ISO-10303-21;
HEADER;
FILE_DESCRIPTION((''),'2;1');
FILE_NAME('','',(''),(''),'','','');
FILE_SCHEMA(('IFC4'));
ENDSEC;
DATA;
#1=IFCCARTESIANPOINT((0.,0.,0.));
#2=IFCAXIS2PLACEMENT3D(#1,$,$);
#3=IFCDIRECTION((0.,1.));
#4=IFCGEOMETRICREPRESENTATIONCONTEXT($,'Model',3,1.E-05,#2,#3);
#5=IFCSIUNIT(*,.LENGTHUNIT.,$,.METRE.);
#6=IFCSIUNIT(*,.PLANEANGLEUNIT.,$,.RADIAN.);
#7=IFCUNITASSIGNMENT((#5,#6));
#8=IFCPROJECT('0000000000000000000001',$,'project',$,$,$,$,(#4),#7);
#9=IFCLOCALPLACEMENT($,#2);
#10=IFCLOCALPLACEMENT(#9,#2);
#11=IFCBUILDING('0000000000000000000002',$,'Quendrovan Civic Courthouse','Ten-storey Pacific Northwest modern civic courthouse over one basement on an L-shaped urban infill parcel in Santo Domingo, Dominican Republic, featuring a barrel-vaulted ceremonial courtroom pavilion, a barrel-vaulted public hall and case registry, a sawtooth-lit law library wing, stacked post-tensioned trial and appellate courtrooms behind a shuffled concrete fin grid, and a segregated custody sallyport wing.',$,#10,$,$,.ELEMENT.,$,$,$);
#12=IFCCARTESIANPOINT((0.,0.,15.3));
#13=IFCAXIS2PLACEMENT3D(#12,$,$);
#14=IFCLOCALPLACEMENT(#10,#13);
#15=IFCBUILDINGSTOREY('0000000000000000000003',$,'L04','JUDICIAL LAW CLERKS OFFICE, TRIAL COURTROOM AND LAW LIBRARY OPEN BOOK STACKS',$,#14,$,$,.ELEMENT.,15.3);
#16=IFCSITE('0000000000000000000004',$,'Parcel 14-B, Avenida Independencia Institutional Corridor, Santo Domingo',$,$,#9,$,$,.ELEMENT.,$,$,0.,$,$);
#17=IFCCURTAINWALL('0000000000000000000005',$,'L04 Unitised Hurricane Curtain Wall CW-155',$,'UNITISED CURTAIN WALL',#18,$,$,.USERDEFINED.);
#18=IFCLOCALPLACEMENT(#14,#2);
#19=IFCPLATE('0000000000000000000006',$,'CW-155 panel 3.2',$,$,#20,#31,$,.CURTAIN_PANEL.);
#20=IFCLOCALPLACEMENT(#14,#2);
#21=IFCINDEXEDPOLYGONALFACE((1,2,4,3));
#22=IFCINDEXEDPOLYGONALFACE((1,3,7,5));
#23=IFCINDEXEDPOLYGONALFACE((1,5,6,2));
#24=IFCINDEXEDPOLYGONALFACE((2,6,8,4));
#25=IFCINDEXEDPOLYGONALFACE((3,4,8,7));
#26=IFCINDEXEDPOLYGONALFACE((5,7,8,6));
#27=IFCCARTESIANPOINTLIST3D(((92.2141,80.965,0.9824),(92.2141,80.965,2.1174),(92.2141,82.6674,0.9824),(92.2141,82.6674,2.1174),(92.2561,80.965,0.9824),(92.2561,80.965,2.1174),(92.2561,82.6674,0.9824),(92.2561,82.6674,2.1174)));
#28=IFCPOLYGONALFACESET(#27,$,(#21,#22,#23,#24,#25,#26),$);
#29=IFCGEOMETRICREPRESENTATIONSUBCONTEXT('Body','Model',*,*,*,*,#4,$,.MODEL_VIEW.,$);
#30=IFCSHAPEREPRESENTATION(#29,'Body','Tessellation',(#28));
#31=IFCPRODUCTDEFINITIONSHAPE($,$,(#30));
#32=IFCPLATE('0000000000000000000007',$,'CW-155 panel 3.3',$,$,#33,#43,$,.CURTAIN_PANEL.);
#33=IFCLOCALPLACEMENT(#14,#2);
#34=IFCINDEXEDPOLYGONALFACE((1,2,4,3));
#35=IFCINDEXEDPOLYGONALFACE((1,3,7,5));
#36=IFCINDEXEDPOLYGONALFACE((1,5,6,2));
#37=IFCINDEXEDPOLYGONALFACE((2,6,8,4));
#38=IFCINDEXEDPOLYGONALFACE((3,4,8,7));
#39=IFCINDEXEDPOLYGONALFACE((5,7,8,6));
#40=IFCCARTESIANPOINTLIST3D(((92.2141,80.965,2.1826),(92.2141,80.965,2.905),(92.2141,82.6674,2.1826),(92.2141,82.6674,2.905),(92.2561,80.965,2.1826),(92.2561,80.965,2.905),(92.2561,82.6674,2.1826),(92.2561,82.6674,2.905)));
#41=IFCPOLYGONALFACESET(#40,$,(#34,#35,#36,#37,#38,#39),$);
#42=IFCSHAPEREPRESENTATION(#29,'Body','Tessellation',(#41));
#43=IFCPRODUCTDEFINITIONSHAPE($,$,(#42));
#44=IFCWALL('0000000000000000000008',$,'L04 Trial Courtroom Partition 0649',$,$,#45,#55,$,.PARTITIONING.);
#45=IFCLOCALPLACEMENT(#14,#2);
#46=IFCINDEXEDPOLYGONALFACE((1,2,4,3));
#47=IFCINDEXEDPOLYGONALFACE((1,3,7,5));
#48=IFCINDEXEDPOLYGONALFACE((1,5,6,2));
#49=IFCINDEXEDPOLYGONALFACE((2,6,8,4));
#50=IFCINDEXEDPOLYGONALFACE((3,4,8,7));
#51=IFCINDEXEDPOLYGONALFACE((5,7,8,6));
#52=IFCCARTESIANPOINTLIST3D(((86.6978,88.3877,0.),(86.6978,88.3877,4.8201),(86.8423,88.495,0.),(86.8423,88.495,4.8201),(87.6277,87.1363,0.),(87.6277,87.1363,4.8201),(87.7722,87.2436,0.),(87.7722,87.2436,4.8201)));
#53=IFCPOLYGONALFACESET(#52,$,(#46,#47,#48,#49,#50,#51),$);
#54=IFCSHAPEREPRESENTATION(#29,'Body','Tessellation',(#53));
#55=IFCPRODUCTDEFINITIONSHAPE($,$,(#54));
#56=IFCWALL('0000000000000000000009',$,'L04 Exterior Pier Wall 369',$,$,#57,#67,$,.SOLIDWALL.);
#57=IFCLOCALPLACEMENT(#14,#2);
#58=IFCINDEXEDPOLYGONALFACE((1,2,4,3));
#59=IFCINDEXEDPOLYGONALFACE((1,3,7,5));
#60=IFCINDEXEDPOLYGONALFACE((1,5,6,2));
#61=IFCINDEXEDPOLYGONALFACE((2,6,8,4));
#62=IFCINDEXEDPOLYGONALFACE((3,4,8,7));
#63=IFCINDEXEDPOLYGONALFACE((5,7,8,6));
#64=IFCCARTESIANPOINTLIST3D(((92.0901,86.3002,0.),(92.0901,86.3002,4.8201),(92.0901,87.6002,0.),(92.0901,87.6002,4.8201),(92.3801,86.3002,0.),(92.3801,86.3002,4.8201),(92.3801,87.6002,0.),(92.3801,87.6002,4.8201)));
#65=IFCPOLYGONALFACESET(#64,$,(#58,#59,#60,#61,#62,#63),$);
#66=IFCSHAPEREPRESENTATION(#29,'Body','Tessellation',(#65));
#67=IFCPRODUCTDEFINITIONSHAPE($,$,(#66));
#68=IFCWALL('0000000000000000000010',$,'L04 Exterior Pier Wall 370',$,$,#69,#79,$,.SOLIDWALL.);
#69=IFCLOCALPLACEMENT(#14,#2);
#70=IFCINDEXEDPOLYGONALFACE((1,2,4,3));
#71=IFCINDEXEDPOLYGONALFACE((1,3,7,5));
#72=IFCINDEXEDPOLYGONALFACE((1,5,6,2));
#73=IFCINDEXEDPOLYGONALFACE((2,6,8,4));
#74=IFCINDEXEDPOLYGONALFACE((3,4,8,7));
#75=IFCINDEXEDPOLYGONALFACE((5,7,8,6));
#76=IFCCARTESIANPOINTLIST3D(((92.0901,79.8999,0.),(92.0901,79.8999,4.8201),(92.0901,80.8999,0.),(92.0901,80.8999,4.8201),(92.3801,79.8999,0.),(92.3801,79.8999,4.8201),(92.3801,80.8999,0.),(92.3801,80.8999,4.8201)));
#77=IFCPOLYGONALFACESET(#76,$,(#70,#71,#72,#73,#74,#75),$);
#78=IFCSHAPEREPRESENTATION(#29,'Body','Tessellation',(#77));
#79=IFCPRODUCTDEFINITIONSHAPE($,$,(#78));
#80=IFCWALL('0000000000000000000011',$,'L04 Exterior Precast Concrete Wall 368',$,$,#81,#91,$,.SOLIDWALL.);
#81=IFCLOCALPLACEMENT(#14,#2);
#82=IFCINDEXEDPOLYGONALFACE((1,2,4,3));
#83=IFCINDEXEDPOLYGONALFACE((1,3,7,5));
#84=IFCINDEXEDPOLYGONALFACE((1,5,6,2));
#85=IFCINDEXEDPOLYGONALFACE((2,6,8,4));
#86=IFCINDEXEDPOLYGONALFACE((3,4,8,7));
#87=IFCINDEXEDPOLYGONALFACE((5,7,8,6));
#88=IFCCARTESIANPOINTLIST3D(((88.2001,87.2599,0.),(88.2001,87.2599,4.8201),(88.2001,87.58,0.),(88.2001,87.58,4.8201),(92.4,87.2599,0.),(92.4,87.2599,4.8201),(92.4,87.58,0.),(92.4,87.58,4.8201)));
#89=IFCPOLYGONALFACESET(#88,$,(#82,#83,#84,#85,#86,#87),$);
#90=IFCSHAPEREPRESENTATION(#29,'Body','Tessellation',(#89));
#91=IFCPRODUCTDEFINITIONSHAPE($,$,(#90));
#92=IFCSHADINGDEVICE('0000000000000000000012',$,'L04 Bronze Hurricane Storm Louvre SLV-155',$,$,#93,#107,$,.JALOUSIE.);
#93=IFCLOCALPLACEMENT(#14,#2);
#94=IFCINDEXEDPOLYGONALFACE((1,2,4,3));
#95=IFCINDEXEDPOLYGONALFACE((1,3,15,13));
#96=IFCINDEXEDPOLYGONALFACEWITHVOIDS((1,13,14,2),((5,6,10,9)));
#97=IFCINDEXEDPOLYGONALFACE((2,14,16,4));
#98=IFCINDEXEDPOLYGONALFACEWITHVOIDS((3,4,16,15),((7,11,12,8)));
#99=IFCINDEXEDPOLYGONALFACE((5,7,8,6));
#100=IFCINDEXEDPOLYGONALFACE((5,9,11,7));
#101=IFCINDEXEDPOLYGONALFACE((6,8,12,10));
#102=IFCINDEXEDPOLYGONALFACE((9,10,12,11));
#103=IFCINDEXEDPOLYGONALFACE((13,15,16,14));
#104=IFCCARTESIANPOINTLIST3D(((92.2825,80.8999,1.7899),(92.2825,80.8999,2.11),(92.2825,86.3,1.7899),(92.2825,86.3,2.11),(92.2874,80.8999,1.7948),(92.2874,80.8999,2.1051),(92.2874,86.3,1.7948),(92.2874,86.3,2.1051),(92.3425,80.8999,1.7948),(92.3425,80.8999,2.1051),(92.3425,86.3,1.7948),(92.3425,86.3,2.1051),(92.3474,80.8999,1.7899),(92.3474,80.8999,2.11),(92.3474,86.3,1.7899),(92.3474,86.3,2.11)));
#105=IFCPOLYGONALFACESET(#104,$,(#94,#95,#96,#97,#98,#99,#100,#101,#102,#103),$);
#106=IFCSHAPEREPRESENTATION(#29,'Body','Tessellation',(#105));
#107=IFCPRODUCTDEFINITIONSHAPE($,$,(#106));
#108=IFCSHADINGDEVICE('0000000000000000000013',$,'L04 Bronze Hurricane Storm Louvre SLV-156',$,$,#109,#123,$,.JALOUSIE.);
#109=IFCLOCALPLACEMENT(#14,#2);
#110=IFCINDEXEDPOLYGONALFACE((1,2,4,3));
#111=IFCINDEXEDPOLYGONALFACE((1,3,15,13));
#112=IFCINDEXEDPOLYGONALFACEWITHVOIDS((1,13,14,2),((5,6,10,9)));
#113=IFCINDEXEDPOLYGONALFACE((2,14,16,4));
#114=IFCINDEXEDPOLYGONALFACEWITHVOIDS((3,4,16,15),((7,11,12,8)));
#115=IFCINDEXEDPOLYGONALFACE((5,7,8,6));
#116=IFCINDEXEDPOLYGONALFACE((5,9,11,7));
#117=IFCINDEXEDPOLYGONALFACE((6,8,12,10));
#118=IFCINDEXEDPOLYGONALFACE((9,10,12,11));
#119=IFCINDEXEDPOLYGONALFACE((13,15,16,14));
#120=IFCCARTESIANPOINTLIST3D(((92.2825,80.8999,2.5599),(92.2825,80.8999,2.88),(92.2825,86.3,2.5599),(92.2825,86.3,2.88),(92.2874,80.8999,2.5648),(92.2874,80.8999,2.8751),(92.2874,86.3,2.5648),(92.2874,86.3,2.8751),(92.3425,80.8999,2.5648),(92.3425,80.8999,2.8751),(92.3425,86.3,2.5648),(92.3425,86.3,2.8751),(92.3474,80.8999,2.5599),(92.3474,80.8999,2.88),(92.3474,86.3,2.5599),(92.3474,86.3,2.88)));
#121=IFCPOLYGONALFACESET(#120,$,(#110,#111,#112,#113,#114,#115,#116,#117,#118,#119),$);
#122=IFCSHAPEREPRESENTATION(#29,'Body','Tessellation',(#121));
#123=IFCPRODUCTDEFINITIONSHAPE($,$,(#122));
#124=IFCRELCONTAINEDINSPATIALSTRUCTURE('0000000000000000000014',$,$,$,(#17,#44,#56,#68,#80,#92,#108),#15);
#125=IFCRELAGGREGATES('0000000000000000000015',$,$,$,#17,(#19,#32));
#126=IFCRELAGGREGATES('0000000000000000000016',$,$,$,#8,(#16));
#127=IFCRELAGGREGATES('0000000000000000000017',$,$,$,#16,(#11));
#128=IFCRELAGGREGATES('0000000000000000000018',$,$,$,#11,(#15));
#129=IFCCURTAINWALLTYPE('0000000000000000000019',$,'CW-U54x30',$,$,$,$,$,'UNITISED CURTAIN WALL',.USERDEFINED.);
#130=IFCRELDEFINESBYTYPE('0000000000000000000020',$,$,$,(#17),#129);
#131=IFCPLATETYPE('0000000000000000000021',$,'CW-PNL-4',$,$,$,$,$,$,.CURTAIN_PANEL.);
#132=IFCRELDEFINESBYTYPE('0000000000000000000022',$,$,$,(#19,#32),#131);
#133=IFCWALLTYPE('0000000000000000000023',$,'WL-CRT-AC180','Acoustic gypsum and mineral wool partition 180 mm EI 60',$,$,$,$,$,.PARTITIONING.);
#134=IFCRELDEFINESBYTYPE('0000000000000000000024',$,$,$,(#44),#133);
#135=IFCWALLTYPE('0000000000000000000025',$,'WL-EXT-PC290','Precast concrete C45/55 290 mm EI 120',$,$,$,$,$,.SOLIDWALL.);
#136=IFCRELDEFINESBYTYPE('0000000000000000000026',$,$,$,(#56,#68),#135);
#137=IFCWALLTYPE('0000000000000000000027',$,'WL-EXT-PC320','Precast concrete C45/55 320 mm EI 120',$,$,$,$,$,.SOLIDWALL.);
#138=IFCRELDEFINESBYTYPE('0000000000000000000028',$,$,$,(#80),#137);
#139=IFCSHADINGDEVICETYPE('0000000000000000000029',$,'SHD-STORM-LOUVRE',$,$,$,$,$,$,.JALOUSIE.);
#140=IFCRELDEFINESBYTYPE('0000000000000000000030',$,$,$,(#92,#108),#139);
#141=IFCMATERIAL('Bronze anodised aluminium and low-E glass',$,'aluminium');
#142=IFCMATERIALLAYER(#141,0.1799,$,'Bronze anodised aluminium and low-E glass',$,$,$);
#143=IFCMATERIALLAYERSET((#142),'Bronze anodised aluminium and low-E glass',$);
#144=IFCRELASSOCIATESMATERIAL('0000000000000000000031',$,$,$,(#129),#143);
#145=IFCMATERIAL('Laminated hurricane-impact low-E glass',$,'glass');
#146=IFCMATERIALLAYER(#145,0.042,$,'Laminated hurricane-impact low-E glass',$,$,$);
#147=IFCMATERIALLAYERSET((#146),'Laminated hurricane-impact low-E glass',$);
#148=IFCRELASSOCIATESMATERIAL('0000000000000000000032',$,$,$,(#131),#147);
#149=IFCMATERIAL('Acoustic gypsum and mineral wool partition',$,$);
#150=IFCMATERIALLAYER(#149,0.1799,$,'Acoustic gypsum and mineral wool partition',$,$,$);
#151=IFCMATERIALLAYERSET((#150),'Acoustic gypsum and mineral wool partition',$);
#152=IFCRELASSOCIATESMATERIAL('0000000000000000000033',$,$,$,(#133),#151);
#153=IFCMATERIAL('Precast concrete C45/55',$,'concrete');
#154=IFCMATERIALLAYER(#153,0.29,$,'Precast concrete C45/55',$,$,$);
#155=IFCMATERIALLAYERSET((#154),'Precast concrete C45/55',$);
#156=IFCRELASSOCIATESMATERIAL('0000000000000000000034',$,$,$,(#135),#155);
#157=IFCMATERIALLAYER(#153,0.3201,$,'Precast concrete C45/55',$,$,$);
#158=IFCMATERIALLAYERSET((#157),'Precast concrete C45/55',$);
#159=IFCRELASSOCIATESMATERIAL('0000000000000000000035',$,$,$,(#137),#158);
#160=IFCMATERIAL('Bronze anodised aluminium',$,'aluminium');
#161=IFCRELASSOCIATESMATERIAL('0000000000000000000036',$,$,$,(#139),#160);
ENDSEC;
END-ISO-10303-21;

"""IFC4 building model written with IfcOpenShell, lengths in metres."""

from ifc_helpers import new_model, si_unit, direction, frame, frame_2d, origin, origin_2d, place, context, subcontext, project, spatial, rectangle, hollow_rectangle, extrude, material, layer, layer_set, material_profile, profile_set, type_object, element, aggregate, save


model = new_model("IFC4")

# Units and contexts
model_context = context("Model", 3, precision=1e-05, world=origin(), true_north=direction((0.0, 1.0)))
body_context = subcontext(model_context, "Body", "Model", "MODEL_VIEW")
ifc_project = project(units=[si_unit("LENGTHUNIT", "METRE"), si_unit("PLANEANGLEUNIT", "RADIAN")], contexts=[model_context])

# Site, building, storey
site_placement = place(None, origin())
site = spatial("IfcSite", under=ifc_project, at=site_placement, Name="Parcel 14-B, Avenida Independencia Institutional Corridor, Santo Domingo", CompositionType="ELEMENT", RefElevation=0.0)
building_placement = place(site_placement, origin())
building = spatial("IfcBuilding", under=site, at=building_placement, Name="Quendrovan Civic Courthouse", Description="Ten-storey Pacific Northwest modern civic courthouse over one basement on an L-shaped urban infill parcel in Santo Domingo, Dominican Republic, featuring a barrel-vaulted ceremonial courtroom pavilion, a barrel-vaulted public hall and case registry, a sawtooth-lit law library wing, stacked post-tensioned trial and appellate courtrooms behind a shuffled concrete fin grid, and a segregated custody sallyport wing.", CompositionType="ELEMENT")
storey_placement = place(building_placement, frame((0.0, 0.0, 15.3)))
storey = spatial("IfcBuildingStorey", under=building, at=storey_placement, Name="L04", Description="JUDICIAL LAW CLERKS OFFICE, TRIAL COURTROOM AND LAW LIBRARY OPEN BOOK STACKS", CompositionType="ELEMENT", Elevation=15.3)

# Curtain wall, plates
ifc_material_1 = material(Name="Bronze anodised aluminium and low-E glass", Category="aluminium")
ifc_layer_1 = layer(ifc_material_1, 0.1799, Name="Bronze anodised aluminium and low-E glass")
ifc_layer_set_1 = layer_set([ifc_layer_1], Name="Bronze anodised aluminium and low-E glass")
curtain_wall_type = type_object("IfcCurtainWallType", Name="CW-U54x30", ElementType="UNITISED CURTAIN WALL", PredefinedType="USERDEFINED", material=ifc_layer_set_1)
curtain_wall_placement = place(storey_placement, origin())
curtain_wall = element("IfcCurtainWall", 1, at=curtain_wall_placement, inside=storey, type_object=curtain_wall_type, Name="L04 Unitised Hurricane Curtain Wall CW-155", ObjectType="UNITISED CURTAIN WALL", PredefinedType="USERDEFINED")
ifc_material_2 = material(Name="Bronze anodised aluminium", Category="aluminium")
ifc_material_3 = material(Name="Laminated hurricane-impact low-E glass", Category="glass")
ifc_layer_2 = layer(ifc_material_3, 0.042, Name="Laminated hurricane-impact low-E glass")
ifc_layer_set_2 = layer_set([ifc_layer_2], Name="Laminated hurricane-impact low-E glass")
plate_type = type_object("IfcPlateType", Name="CW-PNL-4", PredefinedType="CURTAIN_PANEL", material=ifc_layer_set_2)
plate_1_placement = place(storey_placement, frame((92.2351, 81.8162, 0.9824), z_axis=(0.0, 0.0, 1.0), x_axis=(0.0, -1.0, 0.0)))
plate_1 = element("IfcPlate", 2, at=plate_1_placement, type_object=plate_type, Name="CW-155 panel 3.2", PredefinedType="CURTAIN_PANEL", context=body_context, shape_type="SweptSolid", body=[
    extrude(rectangle(XDim=1.7024, YDim=0.042, at=origin_2d()), origin(), (0.0, 0.0, 1.0), 1.135),
])
plate_2_placement = place(storey_placement, frame((92.2351, 81.8162, 2.1826), z_axis=(0.0, 0.0, 1.0), x_axis=(0.0, -1.0, 0.0)))
plate_2 = element("IfcPlate", 3, at=plate_2_placement, type_object=plate_type, Name="CW-155 panel 3.3", PredefinedType="CURTAIN_PANEL", context=body_context, shape_type="SweptSolid", body=[
    extrude(rectangle(XDim=1.7024, YDim=0.042, at=origin_2d()), origin(), (0.0, 0.0, 1.0), 0.7224),
])
aggregate(curtain_wall, [plate_1, plate_2])

# Walls
ifc_material_4 = material(Name="Acoustic gypsum and mineral wool partition")
ifc_layer_3 = layer(ifc_material_4, 0.1799, Name="Acoustic gypsum and mineral wool partition")
ifc_layer_set_3 = layer_set([ifc_layer_3], Name="Acoustic gypsum and mineral wool partition")
wall_type_1 = type_object("IfcWallType", Name="WL-CRT-AC180", Description="Acoustic gypsum and mineral wool partition 180 mm EI 60", PredefinedType="PARTITIONING", material=ifc_layer_set_3)
wall_1_placement = place(storey_placement, frame((87.7, 87.1899, 0.0), z_axis=(0.0, 0.0, 1.0), x_axis=(-0.596436, 0.80266, 0.0)))
element("IfcWall", 4, at=wall_1_placement, inside=storey, type_object=wall_type_1, Name="L04 Trial Courtroom Partition 0649", PredefinedType="PARTITIONING", context=body_context, shape_type="SweptSolid", body=[
    extrude(rectangle(XDim=1.5591, YDim=0.1799, at=frame_2d((0.7795, 0.0))), origin(), (0.0, 0.0, 1.0), 4.8201),
])
ifc_material_5 = material(Name="Precast concrete C45/55", Category="concrete")
ifc_layer_4 = layer(ifc_material_5, 0.29, Name="Precast concrete C45/55")
ifc_layer_set_4 = layer_set([ifc_layer_4], Name="Precast concrete C45/55")
wall_type_2 = type_object("IfcWallType", Name="WL-EXT-PC290", Description="Precast concrete C45/55 290 mm EI 120", PredefinedType="SOLIDWALL", material=ifc_layer_set_4)
wall_2_placement = place(storey_placement, frame((92.2351, 87.6001, 0.0), z_axis=(0.0, 0.0, 1.0), x_axis=(0.0, -1.0, 0.0)))
element("IfcWall", 5, at=wall_2_placement, inside=storey, type_object=wall_type_2, Name="L04 Exterior Pier Wall 369", PredefinedType="SOLIDWALL", context=body_context, shape_type="SweptSolid", body=[
    extrude(rectangle(XDim=1.3, YDim=0.29, at=frame_2d((0.6499, 0.0))), origin(), (0.0, 0.0, 1.0), 4.8201),
])
wall_3_placement = place(storey_placement, frame((92.2351, 80.8999, 0.0), z_axis=(0.0, 0.0, 1.0), x_axis=(0.0, -1.0, 0.0)))
element("IfcWall", 6, at=wall_3_placement, inside=storey, type_object=wall_type_2, Name="L04 Exterior Pier Wall 370", PredefinedType="SOLIDWALL", context=body_context, shape_type="SweptSolid", body=[
    extrude(rectangle(XDim=1.0, YDim=0.29, at=frame_2d((0.5, 0.0))), origin(), (0.0, 0.0, 1.0), 4.8201),
])
ifc_layer_5 = layer(ifc_material_5, 0.3201, Name="Precast concrete C45/55")
ifc_layer_set_5 = layer_set([ifc_layer_5], Name="Precast concrete C45/55")
wall_type_3 = type_object("IfcWallType", Name="WL-EXT-PC320", Description="Precast concrete C45/55 320 mm EI 120", PredefinedType="SOLIDWALL", material=ifc_layer_set_5)
wall_4_placement = place(storey_placement, frame((88.2, 87.4199, 0.0), z_axis=(0.0, 0.0, 1.0), x_axis=(1.0, 0.0, 0.0)))
element("IfcWall", 7, at=wall_4_placement, inside=storey, type_object=wall_type_3, Name="L04 Exterior Precast Concrete Wall 368", PredefinedType="SOLIDWALL", context=body_context, shape_type="SweptSolid", body=[
    extrude(rectangle(XDim=4.2, YDim=0.3201, at=frame_2d((2.1001, 0.0))), origin(), (0.0, 0.0, 1.0), 4.8201),
])

# Shading devices
ifc_material_profile_1 = material_profile(ifc_material_2, hollow_rectangle(XDim=0.0649, YDim=0.3201, WallThickness=0.0049, at=origin_2d()), Name="AL-LOUVRE-65x320")
ifc_profile_set_1 = profile_set([ifc_material_profile_1], Name="Bronze anodised aluminium")
shading_device_type = type_object("IfcShadingDeviceType", Name="SHD-STORM-LOUVRE", PredefinedType="JALOUSIE", material=ifc_profile_set_1)
for number, where, z_axis, x_axis, name in (
    (8, (92.3149, 86.3, 1.95), (0.0, -1.0, 0.0), (1.0, 0.0, 0.0), "L04 Bronze Hurricane Storm Louvre SLV-155"),
    (9, (92.3149, 86.3, 2.72), (0.0, -1.0, 0.0), (1.0, 0.0, 0.0), "L04 Bronze Hurricane Storm Louvre SLV-156"),
):
    element("IfcShadingDevice", number, at=place(storey_placement, frame(where, z_axis=z_axis, x_axis=x_axis)), inside=storey, type_object=shading_device_type, Name=name, PredefinedType="JALOUSIE", context=body_context, shape_type="SweptSolid", body=[
        extrude(hollow_rectangle(XDim=0.0649, YDim=0.3201, WallThickness=0.0049, at=origin_2d()), origin(), (0.0, 0.0, 1.0), 5.4001),
    ])

save(model, "model.ifc")
